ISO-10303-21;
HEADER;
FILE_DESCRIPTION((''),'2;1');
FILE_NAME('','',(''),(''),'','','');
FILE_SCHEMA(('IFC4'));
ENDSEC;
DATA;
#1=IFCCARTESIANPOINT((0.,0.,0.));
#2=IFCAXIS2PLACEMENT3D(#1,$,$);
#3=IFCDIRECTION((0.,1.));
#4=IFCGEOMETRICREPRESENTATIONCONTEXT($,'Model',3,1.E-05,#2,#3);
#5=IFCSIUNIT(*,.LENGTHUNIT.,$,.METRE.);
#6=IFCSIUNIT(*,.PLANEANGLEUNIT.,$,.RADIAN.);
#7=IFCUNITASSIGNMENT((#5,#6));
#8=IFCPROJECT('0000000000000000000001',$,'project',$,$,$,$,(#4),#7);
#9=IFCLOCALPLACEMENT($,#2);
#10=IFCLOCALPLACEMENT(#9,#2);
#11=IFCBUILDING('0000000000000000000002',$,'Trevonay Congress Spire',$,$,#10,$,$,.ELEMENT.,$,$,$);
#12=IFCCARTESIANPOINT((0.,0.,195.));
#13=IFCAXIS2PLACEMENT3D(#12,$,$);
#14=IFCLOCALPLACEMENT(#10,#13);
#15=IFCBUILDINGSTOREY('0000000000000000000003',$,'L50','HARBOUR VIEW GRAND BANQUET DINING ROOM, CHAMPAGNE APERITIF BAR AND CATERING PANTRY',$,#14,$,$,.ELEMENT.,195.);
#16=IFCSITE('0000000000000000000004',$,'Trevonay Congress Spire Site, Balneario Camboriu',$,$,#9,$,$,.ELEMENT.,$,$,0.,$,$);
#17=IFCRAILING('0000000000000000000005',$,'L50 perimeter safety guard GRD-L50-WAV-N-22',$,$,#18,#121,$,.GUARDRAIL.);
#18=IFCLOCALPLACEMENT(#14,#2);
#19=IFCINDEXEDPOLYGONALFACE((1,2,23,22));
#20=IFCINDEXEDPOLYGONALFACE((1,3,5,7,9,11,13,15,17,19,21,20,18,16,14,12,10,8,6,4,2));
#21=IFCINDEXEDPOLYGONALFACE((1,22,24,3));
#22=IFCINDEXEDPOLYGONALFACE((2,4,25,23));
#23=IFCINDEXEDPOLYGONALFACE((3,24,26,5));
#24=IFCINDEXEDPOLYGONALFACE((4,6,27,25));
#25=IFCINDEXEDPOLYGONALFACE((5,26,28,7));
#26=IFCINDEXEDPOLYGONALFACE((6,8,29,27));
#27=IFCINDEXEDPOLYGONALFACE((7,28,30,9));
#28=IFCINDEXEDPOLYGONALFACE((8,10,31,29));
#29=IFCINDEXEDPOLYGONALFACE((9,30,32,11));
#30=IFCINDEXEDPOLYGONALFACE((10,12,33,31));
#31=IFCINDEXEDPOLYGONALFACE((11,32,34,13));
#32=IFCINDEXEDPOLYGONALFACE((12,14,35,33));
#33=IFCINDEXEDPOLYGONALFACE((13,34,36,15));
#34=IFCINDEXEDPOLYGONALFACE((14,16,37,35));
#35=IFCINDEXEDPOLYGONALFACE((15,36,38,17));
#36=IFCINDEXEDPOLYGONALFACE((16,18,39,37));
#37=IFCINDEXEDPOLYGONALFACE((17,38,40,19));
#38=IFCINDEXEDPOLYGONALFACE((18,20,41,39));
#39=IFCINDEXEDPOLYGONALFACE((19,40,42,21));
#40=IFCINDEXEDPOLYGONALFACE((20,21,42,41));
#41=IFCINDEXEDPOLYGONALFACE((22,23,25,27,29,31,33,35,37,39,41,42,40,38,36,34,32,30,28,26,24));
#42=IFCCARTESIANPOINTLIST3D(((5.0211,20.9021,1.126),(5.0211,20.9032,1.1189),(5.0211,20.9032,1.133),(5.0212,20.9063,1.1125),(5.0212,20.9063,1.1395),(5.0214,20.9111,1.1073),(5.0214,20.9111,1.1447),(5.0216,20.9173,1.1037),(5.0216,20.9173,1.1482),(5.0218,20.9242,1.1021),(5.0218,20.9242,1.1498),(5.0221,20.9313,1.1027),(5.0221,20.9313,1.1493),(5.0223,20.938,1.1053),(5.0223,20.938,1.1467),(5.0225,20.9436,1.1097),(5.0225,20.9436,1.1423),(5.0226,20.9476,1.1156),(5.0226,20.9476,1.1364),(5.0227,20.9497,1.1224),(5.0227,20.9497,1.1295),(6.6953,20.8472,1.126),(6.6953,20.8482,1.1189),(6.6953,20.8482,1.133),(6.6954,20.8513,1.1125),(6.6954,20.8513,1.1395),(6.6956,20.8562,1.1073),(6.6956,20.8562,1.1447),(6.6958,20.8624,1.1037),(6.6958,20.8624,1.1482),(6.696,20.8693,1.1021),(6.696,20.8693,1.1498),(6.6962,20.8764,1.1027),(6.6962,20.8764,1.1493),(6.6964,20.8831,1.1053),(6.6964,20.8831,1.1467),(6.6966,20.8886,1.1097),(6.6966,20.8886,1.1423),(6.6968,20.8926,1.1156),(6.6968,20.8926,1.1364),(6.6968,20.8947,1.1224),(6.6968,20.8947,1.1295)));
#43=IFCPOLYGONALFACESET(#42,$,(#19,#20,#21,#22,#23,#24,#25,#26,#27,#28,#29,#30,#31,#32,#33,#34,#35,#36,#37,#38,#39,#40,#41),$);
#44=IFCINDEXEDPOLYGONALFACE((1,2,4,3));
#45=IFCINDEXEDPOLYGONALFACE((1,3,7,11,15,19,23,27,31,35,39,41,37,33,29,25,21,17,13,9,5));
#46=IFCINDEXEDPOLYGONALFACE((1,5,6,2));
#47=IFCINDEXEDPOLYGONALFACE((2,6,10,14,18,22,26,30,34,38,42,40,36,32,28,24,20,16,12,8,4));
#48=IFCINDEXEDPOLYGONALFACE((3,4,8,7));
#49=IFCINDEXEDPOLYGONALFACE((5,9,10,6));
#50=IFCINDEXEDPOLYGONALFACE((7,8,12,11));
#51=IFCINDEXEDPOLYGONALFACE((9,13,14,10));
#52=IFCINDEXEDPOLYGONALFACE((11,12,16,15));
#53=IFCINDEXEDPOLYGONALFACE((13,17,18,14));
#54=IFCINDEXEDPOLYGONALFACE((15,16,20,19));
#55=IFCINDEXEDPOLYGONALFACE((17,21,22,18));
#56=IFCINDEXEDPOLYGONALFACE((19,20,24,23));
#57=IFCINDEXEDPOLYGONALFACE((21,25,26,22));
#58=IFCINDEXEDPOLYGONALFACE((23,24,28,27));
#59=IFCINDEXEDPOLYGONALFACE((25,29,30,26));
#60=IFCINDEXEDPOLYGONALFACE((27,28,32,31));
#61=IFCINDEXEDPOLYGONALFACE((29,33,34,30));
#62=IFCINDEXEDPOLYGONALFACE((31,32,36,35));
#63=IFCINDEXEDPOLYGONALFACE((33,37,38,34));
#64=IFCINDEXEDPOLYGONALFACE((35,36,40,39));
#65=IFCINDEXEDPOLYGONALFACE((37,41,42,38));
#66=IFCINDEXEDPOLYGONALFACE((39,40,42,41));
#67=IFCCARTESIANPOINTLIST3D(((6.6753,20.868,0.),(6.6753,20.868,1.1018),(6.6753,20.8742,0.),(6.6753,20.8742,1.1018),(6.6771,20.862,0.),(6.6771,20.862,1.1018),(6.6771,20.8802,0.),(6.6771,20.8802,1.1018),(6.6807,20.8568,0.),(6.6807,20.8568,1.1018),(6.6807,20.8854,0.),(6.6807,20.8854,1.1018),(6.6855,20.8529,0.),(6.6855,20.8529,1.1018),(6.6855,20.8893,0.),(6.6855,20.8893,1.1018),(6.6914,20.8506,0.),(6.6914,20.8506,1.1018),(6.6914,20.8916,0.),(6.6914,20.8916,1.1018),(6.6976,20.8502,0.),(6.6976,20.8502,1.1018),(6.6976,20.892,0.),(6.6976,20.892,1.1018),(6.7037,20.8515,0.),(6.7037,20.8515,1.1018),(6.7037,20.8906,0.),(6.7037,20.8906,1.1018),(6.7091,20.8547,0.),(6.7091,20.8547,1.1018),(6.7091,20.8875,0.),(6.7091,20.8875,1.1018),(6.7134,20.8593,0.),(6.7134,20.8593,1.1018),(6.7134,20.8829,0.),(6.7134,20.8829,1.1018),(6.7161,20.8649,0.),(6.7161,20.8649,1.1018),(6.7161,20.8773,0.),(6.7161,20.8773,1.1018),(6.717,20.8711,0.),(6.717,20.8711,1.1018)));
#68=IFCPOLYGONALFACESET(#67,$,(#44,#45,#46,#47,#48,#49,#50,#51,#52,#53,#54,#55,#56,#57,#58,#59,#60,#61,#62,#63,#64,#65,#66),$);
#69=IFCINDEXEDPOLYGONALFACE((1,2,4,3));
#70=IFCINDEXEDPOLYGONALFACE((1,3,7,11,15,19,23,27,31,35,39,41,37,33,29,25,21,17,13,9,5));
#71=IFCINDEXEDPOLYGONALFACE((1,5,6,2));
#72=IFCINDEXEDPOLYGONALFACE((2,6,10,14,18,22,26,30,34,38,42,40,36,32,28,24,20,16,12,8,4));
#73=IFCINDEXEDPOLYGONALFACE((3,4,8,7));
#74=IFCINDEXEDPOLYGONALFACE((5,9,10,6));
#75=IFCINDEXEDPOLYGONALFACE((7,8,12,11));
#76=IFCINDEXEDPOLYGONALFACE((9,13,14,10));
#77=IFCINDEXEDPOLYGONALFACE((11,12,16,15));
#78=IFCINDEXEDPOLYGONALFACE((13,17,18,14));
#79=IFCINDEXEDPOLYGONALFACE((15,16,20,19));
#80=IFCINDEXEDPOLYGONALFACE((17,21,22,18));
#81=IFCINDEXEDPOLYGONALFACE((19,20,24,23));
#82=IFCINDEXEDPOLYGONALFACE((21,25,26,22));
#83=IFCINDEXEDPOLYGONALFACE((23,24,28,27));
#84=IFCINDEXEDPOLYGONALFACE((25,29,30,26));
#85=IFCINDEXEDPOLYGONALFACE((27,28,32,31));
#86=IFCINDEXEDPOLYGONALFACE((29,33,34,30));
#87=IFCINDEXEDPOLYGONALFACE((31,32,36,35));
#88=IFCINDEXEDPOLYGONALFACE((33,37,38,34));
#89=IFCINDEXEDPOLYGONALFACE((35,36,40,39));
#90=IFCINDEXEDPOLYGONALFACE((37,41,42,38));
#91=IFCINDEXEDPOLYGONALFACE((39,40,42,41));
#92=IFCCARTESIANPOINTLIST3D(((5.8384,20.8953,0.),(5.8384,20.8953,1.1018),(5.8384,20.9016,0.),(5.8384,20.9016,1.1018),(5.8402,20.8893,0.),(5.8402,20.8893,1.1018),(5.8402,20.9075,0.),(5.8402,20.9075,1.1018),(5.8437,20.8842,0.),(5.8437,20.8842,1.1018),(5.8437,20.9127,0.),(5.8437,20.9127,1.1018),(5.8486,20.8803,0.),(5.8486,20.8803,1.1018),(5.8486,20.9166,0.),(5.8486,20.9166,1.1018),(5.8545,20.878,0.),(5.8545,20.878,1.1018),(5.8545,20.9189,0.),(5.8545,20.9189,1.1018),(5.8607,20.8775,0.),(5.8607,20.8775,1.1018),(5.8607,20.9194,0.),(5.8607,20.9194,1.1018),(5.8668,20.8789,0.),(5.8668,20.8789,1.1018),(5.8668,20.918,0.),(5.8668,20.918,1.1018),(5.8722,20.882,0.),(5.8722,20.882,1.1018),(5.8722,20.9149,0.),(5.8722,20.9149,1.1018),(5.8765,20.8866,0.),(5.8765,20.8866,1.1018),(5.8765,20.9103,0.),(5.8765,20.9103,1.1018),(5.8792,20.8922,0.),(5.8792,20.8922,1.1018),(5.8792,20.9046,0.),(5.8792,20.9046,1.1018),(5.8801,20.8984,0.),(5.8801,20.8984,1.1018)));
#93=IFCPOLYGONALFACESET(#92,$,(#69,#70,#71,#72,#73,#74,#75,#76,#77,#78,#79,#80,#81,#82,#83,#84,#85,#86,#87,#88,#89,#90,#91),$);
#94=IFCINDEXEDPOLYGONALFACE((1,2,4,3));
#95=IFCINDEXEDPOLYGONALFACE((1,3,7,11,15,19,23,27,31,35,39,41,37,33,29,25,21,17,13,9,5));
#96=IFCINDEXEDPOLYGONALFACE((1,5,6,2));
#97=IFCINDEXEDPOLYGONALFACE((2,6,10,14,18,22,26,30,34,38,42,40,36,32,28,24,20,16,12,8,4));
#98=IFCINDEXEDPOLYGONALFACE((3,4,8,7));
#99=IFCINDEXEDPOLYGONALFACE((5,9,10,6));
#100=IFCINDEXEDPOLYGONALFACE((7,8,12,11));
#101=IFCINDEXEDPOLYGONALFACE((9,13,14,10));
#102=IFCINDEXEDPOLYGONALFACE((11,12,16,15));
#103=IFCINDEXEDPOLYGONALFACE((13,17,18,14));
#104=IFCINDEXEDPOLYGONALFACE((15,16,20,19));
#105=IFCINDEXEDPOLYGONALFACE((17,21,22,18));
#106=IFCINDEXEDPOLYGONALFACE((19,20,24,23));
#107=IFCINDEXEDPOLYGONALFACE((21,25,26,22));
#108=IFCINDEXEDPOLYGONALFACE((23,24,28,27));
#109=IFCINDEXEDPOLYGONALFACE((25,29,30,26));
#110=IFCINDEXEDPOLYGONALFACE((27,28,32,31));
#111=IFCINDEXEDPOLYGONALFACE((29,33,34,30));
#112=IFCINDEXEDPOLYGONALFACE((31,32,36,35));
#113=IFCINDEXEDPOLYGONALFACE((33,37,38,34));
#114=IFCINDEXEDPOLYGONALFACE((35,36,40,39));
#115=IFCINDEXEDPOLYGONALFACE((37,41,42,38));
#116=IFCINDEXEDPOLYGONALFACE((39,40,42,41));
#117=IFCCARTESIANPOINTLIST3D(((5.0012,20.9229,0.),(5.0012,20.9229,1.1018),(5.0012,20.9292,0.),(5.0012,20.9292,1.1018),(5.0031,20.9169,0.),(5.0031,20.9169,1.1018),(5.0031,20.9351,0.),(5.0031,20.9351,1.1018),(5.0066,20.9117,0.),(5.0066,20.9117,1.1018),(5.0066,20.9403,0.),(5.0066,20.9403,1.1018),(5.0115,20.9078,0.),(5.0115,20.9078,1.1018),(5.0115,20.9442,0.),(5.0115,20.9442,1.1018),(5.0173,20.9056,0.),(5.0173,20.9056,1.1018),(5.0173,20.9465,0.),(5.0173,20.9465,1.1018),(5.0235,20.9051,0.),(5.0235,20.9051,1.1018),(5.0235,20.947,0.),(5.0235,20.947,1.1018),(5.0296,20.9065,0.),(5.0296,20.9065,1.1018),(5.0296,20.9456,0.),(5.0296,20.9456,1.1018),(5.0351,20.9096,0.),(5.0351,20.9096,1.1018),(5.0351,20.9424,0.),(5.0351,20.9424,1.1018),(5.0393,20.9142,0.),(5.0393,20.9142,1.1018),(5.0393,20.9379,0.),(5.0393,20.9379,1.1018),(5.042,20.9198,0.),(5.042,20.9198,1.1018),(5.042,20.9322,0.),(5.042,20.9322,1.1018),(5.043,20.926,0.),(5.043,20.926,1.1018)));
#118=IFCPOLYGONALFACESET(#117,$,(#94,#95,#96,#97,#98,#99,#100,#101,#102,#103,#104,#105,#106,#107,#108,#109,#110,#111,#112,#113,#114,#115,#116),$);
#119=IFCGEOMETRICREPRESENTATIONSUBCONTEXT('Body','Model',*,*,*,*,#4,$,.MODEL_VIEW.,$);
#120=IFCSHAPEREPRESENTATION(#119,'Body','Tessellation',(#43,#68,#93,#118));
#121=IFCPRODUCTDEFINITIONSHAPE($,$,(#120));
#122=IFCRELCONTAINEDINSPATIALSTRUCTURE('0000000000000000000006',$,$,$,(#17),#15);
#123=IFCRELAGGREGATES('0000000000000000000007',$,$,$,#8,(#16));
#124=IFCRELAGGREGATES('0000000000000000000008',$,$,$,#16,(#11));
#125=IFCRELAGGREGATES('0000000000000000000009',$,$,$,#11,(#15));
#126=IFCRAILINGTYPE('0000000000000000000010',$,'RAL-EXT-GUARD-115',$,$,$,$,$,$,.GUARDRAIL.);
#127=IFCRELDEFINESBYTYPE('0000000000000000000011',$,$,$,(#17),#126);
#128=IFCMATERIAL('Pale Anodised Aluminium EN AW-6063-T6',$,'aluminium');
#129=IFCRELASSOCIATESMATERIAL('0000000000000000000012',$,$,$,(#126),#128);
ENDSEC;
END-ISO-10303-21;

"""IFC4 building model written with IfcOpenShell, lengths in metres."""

from ifc_helpers import new_model, si_unit, direction, frame, origin, origin_2d, place, context, subcontext, project, spatial, circle, extrude, material, type_object, element, save


model = new_model("IFC4")

# Units and contexts
model_context = context("Model", 3, precision=1e-05, world=origin(), true_north=direction((0.0, 1.0)))
body_context = subcontext(model_context, "Body", "Model", "MODEL_VIEW")
ifc_project = project(units=[si_unit("LENGTHUNIT", "METRE"), si_unit("PLANEANGLEUNIT", "RADIAN")], contexts=[model_context])

# Site, building, storey
site_placement = place(None, origin())
site = spatial("IfcSite", under=ifc_project, at=site_placement, Name="Trevonay Congress Spire Site, Balneario Camboriu", CompositionType="ELEMENT", RefElevation=0.0)
building_placement = place(site_placement, origin())
building = spatial("IfcBuilding", under=site, at=building_placement, Name="Trevonay Congress Spire", CompositionType="ELEMENT")
storey_placement = place(building_placement, frame((0.0, 0.0, 195.0)))
storey = spatial("IfcBuildingStorey", under=building, at=storey_placement, Name="L50", Description="HARBOUR VIEW GRAND BANQUET DINING ROOM, CHAMPAGNE APERITIF BAR AND CATERING PANTRY", CompositionType="ELEMENT", Elevation=195.0)

# Shared definitions
ifc_material_1 = material(Name="Pale Anodised Aluminium EN AW-6063-T6", Category="aluminium")

# Railing
railing_type = type_object("IfcRailingType", Name="RAL-EXT-GUARD-115", PredefinedType="GUARDRAIL", material=ifc_material_1)
railing_1_placement = place(storey_placement, frame((6.696, 20.8711, 0.0)))
element("IfcRailing", 1, at=railing_1_placement, inside=storey, type_object=railing_type, Name="L50 perimeter safety guard GRD-L50-WAV-N-22", PredefinedType="GUARDRAIL", context=body_context, shape_type="SweptSolid", body=[
    extrude(circle(Radius=0.0239, at=origin_2d()), frame((0.0, 0.0, 1.126), z_axis=(-0.999462, 0.032796, 0.0), x_axis=(-0.032796, -0.999462, 0.0)), (0.0, 0.0, 1.0), 1.675),
    extrude(circle(Radius=0.021, at=origin_2d()), origin(), (0.0, 0.0, 1.0), 1.1018),
    extrude(circle(Radius=0.021, at=origin_2d()), frame((-0.8369, 0.0273, 0.0)), (0.0, 0.0, 1.0), 1.1018),
    extrude(circle(Radius=0.021, at=origin_2d()), frame((-1.6741, 0.0549, 0.0)), (0.0, 0.0, 1.0), 1.1018),
])

save(model, "model.ifc")
